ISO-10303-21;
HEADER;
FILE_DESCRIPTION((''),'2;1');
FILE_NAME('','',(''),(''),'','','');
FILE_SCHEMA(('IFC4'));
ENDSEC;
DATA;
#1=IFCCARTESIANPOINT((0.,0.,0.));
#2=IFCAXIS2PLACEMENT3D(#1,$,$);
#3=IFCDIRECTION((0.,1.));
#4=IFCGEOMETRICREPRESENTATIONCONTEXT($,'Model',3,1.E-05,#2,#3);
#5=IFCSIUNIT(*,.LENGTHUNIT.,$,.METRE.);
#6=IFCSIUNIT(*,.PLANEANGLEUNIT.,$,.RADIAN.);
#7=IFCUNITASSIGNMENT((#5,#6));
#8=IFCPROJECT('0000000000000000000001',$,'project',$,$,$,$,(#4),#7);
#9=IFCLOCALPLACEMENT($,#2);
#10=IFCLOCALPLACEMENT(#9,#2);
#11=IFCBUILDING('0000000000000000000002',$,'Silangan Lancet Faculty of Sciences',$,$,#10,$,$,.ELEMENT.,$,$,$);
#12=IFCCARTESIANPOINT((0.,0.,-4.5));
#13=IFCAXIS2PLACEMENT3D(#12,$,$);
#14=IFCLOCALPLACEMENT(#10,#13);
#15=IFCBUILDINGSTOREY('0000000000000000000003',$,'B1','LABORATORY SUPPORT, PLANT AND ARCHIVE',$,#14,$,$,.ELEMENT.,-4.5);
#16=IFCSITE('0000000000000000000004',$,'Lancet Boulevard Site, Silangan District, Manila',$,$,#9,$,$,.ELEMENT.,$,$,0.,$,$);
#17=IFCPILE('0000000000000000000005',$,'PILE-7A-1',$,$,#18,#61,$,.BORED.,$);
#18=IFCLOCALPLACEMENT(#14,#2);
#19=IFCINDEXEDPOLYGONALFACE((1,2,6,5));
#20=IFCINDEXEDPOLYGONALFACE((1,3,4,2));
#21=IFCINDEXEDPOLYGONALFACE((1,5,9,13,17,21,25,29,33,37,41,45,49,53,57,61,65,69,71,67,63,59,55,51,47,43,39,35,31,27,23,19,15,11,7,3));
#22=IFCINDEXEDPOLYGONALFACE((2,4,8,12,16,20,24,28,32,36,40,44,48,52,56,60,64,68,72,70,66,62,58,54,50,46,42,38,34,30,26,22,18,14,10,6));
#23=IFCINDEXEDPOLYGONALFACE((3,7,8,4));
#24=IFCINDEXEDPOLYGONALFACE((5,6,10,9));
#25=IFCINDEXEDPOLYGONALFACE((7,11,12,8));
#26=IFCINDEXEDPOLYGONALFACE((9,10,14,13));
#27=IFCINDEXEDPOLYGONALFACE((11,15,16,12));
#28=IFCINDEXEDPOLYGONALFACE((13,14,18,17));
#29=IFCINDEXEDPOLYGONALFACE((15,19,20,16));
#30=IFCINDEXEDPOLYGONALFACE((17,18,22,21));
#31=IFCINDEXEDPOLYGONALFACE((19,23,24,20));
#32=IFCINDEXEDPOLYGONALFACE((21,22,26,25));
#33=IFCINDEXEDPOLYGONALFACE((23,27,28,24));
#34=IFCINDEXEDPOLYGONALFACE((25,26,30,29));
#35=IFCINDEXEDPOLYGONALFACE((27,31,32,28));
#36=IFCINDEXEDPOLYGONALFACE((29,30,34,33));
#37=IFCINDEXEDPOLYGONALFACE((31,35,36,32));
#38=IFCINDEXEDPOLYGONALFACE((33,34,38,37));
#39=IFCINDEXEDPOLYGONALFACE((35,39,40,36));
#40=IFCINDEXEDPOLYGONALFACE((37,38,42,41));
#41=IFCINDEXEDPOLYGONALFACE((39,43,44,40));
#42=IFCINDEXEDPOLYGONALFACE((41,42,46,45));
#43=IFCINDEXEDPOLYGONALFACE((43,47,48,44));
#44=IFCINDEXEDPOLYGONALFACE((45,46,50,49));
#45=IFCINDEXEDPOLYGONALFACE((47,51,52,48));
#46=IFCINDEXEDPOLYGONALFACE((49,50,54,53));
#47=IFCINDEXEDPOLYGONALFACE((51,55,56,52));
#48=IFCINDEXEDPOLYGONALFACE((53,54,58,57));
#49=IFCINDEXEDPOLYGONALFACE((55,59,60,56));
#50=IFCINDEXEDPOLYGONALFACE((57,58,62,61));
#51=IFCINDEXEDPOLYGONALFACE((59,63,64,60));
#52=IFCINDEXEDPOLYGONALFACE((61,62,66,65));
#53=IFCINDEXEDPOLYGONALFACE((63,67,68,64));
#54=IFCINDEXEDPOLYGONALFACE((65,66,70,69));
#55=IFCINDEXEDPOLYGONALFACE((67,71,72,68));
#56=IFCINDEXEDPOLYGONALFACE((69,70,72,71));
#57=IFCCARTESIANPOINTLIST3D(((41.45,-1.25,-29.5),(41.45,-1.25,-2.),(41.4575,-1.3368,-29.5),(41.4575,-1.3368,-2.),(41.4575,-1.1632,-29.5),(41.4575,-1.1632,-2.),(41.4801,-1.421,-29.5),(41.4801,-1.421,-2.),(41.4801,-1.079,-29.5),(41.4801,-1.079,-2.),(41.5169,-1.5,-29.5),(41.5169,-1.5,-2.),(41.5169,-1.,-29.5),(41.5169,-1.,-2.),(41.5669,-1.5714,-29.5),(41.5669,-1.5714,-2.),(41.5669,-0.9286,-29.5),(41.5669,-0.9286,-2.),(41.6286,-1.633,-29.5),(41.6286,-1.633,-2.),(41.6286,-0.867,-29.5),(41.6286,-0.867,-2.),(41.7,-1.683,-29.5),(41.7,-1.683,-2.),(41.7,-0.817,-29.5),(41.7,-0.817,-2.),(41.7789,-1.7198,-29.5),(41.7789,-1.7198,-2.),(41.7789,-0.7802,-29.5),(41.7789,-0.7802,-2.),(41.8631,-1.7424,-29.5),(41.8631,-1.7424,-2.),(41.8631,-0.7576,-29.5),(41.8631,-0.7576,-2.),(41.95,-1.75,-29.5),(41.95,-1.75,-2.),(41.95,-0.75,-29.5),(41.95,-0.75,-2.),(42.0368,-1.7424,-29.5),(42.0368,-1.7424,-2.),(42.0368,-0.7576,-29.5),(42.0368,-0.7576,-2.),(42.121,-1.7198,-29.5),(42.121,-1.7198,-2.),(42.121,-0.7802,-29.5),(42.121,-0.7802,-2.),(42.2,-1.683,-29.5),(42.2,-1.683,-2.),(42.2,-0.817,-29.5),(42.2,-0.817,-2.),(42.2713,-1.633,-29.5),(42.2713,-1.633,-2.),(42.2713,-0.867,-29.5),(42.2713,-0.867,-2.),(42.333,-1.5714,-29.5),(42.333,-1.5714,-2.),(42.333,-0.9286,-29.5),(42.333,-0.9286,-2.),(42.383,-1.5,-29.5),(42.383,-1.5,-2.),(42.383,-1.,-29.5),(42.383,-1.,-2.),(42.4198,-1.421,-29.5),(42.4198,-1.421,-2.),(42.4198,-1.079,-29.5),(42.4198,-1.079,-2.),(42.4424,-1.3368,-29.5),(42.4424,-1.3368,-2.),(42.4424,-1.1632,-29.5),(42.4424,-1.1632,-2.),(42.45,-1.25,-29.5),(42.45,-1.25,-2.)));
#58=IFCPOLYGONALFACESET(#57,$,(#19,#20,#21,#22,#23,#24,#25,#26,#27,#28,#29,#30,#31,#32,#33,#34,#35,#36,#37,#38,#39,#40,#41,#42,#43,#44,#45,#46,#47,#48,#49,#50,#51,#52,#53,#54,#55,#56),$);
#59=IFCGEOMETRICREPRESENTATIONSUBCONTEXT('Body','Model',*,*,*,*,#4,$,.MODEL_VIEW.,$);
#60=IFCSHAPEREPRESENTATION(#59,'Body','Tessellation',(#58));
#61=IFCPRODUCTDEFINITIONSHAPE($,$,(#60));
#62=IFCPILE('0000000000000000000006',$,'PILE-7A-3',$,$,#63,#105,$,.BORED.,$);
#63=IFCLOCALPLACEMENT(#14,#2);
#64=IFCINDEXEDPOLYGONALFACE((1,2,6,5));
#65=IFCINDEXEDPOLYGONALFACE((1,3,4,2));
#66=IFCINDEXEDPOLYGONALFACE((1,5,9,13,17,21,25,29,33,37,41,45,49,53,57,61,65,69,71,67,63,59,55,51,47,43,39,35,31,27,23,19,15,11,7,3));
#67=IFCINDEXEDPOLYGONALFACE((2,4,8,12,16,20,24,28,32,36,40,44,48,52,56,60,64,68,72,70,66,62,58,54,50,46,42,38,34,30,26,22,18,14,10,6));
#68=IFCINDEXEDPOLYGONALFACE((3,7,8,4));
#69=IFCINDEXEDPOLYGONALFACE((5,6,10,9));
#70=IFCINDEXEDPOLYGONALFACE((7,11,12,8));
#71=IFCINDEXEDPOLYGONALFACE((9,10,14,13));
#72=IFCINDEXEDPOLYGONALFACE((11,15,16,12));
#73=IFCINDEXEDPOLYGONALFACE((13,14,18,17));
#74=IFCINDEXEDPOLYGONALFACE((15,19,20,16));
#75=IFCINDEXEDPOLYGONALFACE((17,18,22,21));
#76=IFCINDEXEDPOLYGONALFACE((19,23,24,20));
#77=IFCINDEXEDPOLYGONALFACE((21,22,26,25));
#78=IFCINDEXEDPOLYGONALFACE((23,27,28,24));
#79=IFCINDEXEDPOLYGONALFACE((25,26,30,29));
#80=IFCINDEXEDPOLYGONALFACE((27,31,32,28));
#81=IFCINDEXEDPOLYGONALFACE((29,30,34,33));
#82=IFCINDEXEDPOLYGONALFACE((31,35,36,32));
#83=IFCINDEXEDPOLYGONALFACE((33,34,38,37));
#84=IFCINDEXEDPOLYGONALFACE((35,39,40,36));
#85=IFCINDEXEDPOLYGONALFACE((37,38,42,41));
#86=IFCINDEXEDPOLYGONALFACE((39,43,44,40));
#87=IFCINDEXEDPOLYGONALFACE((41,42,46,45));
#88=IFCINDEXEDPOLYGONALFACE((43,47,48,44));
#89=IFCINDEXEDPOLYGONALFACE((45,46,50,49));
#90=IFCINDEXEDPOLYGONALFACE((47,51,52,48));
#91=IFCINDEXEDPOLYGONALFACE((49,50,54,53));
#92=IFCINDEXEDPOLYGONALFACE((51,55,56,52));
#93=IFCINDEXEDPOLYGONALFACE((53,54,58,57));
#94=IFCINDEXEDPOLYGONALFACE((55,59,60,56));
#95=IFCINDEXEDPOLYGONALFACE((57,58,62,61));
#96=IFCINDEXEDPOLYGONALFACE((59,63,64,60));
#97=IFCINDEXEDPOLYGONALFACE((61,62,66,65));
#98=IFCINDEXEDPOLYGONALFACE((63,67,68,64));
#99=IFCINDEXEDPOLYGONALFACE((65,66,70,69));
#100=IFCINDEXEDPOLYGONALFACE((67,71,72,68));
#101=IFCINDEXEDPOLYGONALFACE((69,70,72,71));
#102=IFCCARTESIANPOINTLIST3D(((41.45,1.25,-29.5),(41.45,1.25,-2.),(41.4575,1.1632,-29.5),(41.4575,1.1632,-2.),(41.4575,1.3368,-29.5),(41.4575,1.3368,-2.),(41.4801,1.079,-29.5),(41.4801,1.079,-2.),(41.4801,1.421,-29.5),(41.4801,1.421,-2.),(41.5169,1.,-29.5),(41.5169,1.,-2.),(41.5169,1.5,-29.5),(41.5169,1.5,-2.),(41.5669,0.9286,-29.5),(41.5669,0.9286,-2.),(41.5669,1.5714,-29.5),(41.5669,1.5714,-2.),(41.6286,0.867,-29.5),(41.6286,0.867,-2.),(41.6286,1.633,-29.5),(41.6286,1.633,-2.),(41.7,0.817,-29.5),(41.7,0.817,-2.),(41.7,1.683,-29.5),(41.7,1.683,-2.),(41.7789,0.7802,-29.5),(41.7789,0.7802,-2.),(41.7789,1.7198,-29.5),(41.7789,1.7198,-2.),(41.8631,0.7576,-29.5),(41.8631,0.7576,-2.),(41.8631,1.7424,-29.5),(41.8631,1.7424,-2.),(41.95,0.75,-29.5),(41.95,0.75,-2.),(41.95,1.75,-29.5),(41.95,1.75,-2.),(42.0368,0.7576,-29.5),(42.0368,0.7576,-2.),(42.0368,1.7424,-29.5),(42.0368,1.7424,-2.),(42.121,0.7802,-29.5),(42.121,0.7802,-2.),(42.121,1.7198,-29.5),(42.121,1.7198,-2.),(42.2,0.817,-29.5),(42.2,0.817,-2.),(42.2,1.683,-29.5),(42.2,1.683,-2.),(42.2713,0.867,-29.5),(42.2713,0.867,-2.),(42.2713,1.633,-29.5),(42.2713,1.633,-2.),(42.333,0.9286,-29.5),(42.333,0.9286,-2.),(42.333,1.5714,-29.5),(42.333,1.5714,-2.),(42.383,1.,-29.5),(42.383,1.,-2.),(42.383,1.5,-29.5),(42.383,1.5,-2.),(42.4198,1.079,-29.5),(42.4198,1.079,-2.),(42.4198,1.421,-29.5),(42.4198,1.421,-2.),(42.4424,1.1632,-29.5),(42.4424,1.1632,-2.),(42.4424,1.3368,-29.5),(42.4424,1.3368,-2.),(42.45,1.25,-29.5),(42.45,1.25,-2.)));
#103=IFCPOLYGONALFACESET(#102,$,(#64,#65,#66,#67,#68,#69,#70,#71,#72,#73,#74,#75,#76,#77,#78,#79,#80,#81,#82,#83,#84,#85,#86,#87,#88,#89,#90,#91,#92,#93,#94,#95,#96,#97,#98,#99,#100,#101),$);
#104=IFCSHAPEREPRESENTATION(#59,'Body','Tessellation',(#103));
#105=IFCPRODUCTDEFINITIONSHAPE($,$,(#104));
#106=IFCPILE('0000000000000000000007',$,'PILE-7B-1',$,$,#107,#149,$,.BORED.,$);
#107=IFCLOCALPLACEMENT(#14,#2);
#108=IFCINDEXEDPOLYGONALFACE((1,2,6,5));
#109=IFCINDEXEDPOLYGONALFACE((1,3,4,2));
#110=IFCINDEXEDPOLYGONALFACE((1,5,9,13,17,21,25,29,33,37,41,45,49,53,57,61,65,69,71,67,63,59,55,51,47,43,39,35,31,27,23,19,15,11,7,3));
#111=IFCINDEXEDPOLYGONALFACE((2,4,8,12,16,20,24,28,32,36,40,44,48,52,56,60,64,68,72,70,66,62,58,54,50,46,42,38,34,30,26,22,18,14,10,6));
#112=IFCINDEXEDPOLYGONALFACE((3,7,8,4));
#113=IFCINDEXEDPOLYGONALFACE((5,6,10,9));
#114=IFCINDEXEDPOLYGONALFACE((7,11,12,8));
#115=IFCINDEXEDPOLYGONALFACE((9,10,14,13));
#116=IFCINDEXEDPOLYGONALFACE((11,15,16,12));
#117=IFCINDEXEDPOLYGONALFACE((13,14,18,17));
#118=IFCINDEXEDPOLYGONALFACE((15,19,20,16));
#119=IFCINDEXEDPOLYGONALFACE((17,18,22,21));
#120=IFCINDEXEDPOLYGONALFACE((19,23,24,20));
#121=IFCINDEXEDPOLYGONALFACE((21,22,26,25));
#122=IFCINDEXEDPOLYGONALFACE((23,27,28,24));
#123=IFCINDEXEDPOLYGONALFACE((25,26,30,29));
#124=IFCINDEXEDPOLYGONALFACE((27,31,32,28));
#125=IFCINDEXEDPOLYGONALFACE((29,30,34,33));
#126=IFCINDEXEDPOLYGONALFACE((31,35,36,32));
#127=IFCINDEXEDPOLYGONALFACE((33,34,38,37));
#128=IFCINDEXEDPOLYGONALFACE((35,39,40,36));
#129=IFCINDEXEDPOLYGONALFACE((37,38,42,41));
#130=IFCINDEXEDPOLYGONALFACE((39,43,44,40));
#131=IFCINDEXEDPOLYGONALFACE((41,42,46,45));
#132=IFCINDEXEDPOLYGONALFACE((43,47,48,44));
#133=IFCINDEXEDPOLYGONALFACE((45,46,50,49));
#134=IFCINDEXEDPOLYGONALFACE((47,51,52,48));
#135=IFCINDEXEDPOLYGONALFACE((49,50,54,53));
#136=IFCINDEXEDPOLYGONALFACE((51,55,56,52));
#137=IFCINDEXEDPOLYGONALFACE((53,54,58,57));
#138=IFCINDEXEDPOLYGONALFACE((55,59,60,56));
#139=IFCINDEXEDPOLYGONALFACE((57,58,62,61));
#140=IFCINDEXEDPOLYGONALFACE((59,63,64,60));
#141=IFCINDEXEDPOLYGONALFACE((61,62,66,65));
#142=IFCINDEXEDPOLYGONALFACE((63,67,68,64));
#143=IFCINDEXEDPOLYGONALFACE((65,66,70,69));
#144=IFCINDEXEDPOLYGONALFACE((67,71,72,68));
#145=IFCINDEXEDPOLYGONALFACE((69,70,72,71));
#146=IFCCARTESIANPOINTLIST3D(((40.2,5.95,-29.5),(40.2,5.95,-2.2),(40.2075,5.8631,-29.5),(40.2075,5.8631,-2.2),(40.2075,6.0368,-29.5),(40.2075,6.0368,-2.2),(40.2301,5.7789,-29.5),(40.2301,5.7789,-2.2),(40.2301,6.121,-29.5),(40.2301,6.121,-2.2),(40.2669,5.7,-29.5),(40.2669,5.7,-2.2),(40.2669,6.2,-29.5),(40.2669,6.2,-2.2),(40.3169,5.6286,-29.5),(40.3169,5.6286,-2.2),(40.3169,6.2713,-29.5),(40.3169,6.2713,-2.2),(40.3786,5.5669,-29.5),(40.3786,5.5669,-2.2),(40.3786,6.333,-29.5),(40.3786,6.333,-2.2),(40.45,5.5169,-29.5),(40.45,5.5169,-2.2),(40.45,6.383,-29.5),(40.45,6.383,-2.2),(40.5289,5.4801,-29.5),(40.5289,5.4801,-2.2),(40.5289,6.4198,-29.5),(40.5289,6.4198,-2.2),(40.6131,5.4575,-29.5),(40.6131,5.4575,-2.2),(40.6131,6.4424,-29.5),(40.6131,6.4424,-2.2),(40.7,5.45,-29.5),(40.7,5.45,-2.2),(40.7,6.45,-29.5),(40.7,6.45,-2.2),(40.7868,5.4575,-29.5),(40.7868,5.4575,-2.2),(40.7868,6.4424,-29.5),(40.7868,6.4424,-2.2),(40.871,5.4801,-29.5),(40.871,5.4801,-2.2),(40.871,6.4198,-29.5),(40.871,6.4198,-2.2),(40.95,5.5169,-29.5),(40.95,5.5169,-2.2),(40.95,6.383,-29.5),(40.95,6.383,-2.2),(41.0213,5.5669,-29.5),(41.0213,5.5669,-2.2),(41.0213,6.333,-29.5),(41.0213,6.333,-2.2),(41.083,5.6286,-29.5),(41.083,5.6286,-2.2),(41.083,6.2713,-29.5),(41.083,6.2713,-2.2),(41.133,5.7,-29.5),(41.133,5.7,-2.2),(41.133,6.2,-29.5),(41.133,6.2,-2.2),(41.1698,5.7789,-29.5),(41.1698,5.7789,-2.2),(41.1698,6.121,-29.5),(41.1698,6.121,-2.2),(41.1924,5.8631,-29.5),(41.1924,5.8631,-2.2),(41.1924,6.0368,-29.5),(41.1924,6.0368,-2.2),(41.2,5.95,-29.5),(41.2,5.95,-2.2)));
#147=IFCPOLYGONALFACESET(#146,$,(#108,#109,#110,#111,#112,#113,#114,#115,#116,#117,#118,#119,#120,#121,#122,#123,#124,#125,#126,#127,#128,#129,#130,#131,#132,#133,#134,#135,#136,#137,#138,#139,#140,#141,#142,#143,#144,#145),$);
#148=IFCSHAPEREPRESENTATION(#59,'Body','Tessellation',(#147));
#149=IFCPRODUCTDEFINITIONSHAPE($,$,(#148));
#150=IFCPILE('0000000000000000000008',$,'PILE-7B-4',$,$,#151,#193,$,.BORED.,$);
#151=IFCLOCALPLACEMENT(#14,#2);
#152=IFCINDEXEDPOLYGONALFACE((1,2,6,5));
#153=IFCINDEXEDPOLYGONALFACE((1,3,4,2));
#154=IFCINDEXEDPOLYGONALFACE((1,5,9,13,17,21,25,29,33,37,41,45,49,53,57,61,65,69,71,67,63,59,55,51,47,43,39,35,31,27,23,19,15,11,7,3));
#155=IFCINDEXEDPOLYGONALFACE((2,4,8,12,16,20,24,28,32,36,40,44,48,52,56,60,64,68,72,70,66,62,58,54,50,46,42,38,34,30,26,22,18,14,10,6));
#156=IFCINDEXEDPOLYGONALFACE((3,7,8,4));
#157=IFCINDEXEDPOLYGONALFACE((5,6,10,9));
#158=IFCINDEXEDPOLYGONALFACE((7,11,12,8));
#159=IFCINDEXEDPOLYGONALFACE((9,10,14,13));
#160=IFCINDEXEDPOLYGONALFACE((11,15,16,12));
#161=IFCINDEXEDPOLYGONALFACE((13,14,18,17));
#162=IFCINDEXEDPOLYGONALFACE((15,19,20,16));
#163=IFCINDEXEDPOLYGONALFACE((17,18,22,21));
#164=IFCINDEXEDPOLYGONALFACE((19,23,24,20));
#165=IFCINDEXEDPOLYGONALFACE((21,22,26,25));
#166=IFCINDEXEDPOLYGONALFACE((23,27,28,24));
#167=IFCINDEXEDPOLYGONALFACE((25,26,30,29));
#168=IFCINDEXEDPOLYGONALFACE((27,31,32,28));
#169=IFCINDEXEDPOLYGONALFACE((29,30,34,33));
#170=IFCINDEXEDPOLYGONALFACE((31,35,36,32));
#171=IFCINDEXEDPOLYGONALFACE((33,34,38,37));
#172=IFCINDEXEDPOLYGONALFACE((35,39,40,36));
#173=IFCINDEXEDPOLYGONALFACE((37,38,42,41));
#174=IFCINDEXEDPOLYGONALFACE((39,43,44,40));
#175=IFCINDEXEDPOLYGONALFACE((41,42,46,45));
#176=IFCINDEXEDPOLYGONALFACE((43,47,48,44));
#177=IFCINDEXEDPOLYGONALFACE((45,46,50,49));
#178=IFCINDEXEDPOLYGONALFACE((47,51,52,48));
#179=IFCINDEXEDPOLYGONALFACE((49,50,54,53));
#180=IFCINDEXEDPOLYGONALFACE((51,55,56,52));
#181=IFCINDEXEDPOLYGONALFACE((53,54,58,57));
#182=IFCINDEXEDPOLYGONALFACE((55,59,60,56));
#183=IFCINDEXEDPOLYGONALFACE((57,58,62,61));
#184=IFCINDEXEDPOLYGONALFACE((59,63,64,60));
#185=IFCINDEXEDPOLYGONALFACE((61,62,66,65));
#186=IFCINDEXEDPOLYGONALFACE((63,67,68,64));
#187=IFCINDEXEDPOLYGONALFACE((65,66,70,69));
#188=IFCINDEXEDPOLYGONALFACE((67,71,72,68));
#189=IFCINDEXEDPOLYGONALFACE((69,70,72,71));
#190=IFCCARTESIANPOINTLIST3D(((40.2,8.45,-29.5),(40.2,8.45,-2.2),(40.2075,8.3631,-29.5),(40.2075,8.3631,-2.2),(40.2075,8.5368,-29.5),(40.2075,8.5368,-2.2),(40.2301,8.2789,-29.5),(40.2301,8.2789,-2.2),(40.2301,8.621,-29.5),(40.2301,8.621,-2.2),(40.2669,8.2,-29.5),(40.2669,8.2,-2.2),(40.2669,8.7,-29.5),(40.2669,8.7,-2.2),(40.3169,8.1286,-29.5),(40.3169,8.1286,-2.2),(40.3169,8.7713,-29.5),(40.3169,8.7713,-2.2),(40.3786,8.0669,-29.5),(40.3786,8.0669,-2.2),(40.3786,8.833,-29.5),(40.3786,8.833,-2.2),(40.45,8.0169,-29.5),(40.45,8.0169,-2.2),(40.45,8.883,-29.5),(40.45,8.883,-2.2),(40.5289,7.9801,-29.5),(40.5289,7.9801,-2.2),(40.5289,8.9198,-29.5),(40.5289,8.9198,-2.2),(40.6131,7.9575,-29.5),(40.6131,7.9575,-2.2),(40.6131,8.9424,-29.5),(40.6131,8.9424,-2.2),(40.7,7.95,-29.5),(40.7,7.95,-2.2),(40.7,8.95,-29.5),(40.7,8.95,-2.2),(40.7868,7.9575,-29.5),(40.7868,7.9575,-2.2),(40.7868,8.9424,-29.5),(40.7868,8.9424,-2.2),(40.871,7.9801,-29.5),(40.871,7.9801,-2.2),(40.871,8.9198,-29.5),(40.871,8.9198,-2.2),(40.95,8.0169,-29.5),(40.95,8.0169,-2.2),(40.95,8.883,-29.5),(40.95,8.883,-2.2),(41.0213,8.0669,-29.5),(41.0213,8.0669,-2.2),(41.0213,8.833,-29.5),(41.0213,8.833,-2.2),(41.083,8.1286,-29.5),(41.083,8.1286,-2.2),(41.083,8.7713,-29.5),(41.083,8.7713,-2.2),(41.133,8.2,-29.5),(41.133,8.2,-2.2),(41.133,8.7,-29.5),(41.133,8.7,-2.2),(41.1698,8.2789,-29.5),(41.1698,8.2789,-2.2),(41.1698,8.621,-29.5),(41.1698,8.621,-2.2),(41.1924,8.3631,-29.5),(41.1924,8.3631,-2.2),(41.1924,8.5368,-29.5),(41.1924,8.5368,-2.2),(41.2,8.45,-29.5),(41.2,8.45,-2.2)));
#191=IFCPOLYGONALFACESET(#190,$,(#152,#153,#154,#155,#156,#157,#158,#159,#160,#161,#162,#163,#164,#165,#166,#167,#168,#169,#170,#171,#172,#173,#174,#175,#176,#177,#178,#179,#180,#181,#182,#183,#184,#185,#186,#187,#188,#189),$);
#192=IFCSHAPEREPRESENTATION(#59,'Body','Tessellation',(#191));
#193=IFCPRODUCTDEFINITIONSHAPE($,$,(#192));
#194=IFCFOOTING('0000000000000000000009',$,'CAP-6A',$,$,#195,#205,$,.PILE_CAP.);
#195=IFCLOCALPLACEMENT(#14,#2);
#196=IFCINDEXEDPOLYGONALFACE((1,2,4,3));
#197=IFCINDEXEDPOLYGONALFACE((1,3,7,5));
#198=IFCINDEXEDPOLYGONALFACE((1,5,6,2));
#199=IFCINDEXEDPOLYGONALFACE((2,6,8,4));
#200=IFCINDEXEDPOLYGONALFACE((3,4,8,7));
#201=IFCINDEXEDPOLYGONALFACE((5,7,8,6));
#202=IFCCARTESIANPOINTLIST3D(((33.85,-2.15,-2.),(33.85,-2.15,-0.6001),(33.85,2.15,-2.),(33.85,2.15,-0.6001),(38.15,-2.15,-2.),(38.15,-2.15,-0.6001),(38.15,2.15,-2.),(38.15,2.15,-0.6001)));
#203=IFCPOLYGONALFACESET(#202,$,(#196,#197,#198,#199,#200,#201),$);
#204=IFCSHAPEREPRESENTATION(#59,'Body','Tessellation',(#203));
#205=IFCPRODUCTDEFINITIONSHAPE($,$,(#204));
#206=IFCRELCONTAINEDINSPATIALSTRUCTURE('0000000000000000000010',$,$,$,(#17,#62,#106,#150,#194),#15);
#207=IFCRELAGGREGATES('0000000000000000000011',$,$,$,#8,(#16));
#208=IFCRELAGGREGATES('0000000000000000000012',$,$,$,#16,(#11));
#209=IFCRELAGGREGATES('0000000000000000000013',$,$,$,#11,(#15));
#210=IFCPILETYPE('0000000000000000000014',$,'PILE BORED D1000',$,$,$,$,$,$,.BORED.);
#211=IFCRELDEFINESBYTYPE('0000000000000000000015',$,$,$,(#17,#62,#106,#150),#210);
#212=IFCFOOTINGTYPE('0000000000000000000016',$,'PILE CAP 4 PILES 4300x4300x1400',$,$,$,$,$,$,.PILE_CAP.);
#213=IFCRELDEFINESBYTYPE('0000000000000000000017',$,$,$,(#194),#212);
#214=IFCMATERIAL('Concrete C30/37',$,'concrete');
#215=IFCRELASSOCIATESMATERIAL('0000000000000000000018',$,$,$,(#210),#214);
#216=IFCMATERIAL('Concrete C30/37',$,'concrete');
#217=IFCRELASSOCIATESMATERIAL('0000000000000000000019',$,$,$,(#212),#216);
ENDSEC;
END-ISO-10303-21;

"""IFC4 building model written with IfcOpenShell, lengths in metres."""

from ifc_helpers import new_model, si_unit, direction, frame, origin, origin_2d, place, context, subcontext, project, spatial, rectangle, circle, extrude, material, material_profile, profile_set, type_object, element, save


model = new_model("IFC4")

# Units and contexts
model_context = context("Model", 3, precision=1e-05, world=origin(), true_north=direction((0.0, 1.0)))
body_context = subcontext(model_context, "Body", "Model", "MODEL_VIEW")
ifc_project = project(units=[si_unit("LENGTHUNIT", "METRE"), si_unit("PLANEANGLEUNIT", "RADIAN")], contexts=[model_context])

# Site, building, storey
site_placement = place(None, origin())
site = spatial("IfcSite", under=ifc_project, at=site_placement, Name="Lancet Boulevard Site, Silangan District, Manila", CompositionType="ELEMENT", RefElevation=0.0)
building_placement = place(site_placement, origin())
building = spatial("IfcBuilding", under=site, at=building_placement, Name="Silangan Lancet Faculty of Sciences", CompositionType="ELEMENT")
storey_placement = place(building_placement, frame((0.0, 0.0, -4.5)))
storey = spatial("IfcBuildingStorey", under=building, at=storey_placement, Name="B1", Description="LABORATORY SUPPORT, PLANT AND ARCHIVE", CompositionType="ELEMENT", Elevation=-4.5)

# Piles
ifc_material_1 = material(Name="Concrete C30/37", Category="concrete")
ifc_material_profile_1 = material_profile(ifc_material_1, circle(Radius=0.5, at=origin_2d()), Name="BORED PILE D1000")
ifc_profile_set_1 = profile_set([ifc_material_profile_1], Name="Concrete C30/37")
pile_type = type_object("IfcPileType", Name="PILE BORED D1000", PredefinedType="BORED", material=ifc_profile_set_1)
for number, where, z_axis, x_axis, name in (
    (1, (41.95, -1.25, -2.0), (0.0, 0.0, -1.0), (1.0, 0.0, 0.0), "PILE-7A-1"),
    (2, (41.95, 1.25, -2.0), (0.0, 0.0, -1.0), (1.0, 0.0, 0.0), "PILE-7A-3"),
):
    element("IfcPile", number, at=place(storey_placement, frame(where, z_axis=z_axis, x_axis=x_axis)), inside=storey, type_object=pile_type, Name=name, PredefinedType="BORED", context=body_context, shape_type="SweptSolid", body=[
        extrude(circle(Radius=0.5, at=origin_2d()), origin(), (0.0, 0.0, 1.0), 27.5),
    ])
for number, where, z_axis, x_axis, name in (
    (3, (40.7, 5.95, -2.2), (0.0, 0.0, -1.0), (1.0, 0.0, 0.0), "PILE-7B-1"),
    (4, (40.7, 8.45, -2.2), (0.0, 0.0, -1.0), (1.0, 0.0, 0.0), "PILE-7B-4"),
):
    element("IfcPile", number, at=place(storey_placement, frame(where, z_axis=z_axis, x_axis=x_axis)), inside=storey, type_object=pile_type, Name=name, PredefinedType="BORED", context=body_context, shape_type="SweptSolid", body=[
        extrude(circle(Radius=0.5, at=origin_2d()), origin(), (0.0, 0.0, 1.0), 27.3),
    ])

# Footing
ifc_material_2 = material(Name="Concrete C30/37", Category="concrete")
footing_type_1 = type_object("IfcFootingType", Name="PILE CAP 4 PILES 4300x4300x1400", PredefinedType="PILE_CAP", material=ifc_material_2)
for number, where, z_axis, x_axis, name in (
    (5, (36.0, 0.0, -2.0), (0.0, 0.0, 1.0), (1.0, 0.0, 0.0), "CAP-6A"),
):
    element("IfcFooting", number, at=place(storey_placement, frame(where, z_axis=z_axis, x_axis=x_axis)), inside=storey, type_object=footing_type_1, Name=name, PredefinedType="PILE_CAP", context=body_context, shape_type="SweptSolid", body=[
        extrude(rectangle(XDim=4.3, YDim=4.3, at=origin_2d()), origin(), (0.0, 0.0, 1.0), 1.3999),
    ])

save(model, "model.ifc")
